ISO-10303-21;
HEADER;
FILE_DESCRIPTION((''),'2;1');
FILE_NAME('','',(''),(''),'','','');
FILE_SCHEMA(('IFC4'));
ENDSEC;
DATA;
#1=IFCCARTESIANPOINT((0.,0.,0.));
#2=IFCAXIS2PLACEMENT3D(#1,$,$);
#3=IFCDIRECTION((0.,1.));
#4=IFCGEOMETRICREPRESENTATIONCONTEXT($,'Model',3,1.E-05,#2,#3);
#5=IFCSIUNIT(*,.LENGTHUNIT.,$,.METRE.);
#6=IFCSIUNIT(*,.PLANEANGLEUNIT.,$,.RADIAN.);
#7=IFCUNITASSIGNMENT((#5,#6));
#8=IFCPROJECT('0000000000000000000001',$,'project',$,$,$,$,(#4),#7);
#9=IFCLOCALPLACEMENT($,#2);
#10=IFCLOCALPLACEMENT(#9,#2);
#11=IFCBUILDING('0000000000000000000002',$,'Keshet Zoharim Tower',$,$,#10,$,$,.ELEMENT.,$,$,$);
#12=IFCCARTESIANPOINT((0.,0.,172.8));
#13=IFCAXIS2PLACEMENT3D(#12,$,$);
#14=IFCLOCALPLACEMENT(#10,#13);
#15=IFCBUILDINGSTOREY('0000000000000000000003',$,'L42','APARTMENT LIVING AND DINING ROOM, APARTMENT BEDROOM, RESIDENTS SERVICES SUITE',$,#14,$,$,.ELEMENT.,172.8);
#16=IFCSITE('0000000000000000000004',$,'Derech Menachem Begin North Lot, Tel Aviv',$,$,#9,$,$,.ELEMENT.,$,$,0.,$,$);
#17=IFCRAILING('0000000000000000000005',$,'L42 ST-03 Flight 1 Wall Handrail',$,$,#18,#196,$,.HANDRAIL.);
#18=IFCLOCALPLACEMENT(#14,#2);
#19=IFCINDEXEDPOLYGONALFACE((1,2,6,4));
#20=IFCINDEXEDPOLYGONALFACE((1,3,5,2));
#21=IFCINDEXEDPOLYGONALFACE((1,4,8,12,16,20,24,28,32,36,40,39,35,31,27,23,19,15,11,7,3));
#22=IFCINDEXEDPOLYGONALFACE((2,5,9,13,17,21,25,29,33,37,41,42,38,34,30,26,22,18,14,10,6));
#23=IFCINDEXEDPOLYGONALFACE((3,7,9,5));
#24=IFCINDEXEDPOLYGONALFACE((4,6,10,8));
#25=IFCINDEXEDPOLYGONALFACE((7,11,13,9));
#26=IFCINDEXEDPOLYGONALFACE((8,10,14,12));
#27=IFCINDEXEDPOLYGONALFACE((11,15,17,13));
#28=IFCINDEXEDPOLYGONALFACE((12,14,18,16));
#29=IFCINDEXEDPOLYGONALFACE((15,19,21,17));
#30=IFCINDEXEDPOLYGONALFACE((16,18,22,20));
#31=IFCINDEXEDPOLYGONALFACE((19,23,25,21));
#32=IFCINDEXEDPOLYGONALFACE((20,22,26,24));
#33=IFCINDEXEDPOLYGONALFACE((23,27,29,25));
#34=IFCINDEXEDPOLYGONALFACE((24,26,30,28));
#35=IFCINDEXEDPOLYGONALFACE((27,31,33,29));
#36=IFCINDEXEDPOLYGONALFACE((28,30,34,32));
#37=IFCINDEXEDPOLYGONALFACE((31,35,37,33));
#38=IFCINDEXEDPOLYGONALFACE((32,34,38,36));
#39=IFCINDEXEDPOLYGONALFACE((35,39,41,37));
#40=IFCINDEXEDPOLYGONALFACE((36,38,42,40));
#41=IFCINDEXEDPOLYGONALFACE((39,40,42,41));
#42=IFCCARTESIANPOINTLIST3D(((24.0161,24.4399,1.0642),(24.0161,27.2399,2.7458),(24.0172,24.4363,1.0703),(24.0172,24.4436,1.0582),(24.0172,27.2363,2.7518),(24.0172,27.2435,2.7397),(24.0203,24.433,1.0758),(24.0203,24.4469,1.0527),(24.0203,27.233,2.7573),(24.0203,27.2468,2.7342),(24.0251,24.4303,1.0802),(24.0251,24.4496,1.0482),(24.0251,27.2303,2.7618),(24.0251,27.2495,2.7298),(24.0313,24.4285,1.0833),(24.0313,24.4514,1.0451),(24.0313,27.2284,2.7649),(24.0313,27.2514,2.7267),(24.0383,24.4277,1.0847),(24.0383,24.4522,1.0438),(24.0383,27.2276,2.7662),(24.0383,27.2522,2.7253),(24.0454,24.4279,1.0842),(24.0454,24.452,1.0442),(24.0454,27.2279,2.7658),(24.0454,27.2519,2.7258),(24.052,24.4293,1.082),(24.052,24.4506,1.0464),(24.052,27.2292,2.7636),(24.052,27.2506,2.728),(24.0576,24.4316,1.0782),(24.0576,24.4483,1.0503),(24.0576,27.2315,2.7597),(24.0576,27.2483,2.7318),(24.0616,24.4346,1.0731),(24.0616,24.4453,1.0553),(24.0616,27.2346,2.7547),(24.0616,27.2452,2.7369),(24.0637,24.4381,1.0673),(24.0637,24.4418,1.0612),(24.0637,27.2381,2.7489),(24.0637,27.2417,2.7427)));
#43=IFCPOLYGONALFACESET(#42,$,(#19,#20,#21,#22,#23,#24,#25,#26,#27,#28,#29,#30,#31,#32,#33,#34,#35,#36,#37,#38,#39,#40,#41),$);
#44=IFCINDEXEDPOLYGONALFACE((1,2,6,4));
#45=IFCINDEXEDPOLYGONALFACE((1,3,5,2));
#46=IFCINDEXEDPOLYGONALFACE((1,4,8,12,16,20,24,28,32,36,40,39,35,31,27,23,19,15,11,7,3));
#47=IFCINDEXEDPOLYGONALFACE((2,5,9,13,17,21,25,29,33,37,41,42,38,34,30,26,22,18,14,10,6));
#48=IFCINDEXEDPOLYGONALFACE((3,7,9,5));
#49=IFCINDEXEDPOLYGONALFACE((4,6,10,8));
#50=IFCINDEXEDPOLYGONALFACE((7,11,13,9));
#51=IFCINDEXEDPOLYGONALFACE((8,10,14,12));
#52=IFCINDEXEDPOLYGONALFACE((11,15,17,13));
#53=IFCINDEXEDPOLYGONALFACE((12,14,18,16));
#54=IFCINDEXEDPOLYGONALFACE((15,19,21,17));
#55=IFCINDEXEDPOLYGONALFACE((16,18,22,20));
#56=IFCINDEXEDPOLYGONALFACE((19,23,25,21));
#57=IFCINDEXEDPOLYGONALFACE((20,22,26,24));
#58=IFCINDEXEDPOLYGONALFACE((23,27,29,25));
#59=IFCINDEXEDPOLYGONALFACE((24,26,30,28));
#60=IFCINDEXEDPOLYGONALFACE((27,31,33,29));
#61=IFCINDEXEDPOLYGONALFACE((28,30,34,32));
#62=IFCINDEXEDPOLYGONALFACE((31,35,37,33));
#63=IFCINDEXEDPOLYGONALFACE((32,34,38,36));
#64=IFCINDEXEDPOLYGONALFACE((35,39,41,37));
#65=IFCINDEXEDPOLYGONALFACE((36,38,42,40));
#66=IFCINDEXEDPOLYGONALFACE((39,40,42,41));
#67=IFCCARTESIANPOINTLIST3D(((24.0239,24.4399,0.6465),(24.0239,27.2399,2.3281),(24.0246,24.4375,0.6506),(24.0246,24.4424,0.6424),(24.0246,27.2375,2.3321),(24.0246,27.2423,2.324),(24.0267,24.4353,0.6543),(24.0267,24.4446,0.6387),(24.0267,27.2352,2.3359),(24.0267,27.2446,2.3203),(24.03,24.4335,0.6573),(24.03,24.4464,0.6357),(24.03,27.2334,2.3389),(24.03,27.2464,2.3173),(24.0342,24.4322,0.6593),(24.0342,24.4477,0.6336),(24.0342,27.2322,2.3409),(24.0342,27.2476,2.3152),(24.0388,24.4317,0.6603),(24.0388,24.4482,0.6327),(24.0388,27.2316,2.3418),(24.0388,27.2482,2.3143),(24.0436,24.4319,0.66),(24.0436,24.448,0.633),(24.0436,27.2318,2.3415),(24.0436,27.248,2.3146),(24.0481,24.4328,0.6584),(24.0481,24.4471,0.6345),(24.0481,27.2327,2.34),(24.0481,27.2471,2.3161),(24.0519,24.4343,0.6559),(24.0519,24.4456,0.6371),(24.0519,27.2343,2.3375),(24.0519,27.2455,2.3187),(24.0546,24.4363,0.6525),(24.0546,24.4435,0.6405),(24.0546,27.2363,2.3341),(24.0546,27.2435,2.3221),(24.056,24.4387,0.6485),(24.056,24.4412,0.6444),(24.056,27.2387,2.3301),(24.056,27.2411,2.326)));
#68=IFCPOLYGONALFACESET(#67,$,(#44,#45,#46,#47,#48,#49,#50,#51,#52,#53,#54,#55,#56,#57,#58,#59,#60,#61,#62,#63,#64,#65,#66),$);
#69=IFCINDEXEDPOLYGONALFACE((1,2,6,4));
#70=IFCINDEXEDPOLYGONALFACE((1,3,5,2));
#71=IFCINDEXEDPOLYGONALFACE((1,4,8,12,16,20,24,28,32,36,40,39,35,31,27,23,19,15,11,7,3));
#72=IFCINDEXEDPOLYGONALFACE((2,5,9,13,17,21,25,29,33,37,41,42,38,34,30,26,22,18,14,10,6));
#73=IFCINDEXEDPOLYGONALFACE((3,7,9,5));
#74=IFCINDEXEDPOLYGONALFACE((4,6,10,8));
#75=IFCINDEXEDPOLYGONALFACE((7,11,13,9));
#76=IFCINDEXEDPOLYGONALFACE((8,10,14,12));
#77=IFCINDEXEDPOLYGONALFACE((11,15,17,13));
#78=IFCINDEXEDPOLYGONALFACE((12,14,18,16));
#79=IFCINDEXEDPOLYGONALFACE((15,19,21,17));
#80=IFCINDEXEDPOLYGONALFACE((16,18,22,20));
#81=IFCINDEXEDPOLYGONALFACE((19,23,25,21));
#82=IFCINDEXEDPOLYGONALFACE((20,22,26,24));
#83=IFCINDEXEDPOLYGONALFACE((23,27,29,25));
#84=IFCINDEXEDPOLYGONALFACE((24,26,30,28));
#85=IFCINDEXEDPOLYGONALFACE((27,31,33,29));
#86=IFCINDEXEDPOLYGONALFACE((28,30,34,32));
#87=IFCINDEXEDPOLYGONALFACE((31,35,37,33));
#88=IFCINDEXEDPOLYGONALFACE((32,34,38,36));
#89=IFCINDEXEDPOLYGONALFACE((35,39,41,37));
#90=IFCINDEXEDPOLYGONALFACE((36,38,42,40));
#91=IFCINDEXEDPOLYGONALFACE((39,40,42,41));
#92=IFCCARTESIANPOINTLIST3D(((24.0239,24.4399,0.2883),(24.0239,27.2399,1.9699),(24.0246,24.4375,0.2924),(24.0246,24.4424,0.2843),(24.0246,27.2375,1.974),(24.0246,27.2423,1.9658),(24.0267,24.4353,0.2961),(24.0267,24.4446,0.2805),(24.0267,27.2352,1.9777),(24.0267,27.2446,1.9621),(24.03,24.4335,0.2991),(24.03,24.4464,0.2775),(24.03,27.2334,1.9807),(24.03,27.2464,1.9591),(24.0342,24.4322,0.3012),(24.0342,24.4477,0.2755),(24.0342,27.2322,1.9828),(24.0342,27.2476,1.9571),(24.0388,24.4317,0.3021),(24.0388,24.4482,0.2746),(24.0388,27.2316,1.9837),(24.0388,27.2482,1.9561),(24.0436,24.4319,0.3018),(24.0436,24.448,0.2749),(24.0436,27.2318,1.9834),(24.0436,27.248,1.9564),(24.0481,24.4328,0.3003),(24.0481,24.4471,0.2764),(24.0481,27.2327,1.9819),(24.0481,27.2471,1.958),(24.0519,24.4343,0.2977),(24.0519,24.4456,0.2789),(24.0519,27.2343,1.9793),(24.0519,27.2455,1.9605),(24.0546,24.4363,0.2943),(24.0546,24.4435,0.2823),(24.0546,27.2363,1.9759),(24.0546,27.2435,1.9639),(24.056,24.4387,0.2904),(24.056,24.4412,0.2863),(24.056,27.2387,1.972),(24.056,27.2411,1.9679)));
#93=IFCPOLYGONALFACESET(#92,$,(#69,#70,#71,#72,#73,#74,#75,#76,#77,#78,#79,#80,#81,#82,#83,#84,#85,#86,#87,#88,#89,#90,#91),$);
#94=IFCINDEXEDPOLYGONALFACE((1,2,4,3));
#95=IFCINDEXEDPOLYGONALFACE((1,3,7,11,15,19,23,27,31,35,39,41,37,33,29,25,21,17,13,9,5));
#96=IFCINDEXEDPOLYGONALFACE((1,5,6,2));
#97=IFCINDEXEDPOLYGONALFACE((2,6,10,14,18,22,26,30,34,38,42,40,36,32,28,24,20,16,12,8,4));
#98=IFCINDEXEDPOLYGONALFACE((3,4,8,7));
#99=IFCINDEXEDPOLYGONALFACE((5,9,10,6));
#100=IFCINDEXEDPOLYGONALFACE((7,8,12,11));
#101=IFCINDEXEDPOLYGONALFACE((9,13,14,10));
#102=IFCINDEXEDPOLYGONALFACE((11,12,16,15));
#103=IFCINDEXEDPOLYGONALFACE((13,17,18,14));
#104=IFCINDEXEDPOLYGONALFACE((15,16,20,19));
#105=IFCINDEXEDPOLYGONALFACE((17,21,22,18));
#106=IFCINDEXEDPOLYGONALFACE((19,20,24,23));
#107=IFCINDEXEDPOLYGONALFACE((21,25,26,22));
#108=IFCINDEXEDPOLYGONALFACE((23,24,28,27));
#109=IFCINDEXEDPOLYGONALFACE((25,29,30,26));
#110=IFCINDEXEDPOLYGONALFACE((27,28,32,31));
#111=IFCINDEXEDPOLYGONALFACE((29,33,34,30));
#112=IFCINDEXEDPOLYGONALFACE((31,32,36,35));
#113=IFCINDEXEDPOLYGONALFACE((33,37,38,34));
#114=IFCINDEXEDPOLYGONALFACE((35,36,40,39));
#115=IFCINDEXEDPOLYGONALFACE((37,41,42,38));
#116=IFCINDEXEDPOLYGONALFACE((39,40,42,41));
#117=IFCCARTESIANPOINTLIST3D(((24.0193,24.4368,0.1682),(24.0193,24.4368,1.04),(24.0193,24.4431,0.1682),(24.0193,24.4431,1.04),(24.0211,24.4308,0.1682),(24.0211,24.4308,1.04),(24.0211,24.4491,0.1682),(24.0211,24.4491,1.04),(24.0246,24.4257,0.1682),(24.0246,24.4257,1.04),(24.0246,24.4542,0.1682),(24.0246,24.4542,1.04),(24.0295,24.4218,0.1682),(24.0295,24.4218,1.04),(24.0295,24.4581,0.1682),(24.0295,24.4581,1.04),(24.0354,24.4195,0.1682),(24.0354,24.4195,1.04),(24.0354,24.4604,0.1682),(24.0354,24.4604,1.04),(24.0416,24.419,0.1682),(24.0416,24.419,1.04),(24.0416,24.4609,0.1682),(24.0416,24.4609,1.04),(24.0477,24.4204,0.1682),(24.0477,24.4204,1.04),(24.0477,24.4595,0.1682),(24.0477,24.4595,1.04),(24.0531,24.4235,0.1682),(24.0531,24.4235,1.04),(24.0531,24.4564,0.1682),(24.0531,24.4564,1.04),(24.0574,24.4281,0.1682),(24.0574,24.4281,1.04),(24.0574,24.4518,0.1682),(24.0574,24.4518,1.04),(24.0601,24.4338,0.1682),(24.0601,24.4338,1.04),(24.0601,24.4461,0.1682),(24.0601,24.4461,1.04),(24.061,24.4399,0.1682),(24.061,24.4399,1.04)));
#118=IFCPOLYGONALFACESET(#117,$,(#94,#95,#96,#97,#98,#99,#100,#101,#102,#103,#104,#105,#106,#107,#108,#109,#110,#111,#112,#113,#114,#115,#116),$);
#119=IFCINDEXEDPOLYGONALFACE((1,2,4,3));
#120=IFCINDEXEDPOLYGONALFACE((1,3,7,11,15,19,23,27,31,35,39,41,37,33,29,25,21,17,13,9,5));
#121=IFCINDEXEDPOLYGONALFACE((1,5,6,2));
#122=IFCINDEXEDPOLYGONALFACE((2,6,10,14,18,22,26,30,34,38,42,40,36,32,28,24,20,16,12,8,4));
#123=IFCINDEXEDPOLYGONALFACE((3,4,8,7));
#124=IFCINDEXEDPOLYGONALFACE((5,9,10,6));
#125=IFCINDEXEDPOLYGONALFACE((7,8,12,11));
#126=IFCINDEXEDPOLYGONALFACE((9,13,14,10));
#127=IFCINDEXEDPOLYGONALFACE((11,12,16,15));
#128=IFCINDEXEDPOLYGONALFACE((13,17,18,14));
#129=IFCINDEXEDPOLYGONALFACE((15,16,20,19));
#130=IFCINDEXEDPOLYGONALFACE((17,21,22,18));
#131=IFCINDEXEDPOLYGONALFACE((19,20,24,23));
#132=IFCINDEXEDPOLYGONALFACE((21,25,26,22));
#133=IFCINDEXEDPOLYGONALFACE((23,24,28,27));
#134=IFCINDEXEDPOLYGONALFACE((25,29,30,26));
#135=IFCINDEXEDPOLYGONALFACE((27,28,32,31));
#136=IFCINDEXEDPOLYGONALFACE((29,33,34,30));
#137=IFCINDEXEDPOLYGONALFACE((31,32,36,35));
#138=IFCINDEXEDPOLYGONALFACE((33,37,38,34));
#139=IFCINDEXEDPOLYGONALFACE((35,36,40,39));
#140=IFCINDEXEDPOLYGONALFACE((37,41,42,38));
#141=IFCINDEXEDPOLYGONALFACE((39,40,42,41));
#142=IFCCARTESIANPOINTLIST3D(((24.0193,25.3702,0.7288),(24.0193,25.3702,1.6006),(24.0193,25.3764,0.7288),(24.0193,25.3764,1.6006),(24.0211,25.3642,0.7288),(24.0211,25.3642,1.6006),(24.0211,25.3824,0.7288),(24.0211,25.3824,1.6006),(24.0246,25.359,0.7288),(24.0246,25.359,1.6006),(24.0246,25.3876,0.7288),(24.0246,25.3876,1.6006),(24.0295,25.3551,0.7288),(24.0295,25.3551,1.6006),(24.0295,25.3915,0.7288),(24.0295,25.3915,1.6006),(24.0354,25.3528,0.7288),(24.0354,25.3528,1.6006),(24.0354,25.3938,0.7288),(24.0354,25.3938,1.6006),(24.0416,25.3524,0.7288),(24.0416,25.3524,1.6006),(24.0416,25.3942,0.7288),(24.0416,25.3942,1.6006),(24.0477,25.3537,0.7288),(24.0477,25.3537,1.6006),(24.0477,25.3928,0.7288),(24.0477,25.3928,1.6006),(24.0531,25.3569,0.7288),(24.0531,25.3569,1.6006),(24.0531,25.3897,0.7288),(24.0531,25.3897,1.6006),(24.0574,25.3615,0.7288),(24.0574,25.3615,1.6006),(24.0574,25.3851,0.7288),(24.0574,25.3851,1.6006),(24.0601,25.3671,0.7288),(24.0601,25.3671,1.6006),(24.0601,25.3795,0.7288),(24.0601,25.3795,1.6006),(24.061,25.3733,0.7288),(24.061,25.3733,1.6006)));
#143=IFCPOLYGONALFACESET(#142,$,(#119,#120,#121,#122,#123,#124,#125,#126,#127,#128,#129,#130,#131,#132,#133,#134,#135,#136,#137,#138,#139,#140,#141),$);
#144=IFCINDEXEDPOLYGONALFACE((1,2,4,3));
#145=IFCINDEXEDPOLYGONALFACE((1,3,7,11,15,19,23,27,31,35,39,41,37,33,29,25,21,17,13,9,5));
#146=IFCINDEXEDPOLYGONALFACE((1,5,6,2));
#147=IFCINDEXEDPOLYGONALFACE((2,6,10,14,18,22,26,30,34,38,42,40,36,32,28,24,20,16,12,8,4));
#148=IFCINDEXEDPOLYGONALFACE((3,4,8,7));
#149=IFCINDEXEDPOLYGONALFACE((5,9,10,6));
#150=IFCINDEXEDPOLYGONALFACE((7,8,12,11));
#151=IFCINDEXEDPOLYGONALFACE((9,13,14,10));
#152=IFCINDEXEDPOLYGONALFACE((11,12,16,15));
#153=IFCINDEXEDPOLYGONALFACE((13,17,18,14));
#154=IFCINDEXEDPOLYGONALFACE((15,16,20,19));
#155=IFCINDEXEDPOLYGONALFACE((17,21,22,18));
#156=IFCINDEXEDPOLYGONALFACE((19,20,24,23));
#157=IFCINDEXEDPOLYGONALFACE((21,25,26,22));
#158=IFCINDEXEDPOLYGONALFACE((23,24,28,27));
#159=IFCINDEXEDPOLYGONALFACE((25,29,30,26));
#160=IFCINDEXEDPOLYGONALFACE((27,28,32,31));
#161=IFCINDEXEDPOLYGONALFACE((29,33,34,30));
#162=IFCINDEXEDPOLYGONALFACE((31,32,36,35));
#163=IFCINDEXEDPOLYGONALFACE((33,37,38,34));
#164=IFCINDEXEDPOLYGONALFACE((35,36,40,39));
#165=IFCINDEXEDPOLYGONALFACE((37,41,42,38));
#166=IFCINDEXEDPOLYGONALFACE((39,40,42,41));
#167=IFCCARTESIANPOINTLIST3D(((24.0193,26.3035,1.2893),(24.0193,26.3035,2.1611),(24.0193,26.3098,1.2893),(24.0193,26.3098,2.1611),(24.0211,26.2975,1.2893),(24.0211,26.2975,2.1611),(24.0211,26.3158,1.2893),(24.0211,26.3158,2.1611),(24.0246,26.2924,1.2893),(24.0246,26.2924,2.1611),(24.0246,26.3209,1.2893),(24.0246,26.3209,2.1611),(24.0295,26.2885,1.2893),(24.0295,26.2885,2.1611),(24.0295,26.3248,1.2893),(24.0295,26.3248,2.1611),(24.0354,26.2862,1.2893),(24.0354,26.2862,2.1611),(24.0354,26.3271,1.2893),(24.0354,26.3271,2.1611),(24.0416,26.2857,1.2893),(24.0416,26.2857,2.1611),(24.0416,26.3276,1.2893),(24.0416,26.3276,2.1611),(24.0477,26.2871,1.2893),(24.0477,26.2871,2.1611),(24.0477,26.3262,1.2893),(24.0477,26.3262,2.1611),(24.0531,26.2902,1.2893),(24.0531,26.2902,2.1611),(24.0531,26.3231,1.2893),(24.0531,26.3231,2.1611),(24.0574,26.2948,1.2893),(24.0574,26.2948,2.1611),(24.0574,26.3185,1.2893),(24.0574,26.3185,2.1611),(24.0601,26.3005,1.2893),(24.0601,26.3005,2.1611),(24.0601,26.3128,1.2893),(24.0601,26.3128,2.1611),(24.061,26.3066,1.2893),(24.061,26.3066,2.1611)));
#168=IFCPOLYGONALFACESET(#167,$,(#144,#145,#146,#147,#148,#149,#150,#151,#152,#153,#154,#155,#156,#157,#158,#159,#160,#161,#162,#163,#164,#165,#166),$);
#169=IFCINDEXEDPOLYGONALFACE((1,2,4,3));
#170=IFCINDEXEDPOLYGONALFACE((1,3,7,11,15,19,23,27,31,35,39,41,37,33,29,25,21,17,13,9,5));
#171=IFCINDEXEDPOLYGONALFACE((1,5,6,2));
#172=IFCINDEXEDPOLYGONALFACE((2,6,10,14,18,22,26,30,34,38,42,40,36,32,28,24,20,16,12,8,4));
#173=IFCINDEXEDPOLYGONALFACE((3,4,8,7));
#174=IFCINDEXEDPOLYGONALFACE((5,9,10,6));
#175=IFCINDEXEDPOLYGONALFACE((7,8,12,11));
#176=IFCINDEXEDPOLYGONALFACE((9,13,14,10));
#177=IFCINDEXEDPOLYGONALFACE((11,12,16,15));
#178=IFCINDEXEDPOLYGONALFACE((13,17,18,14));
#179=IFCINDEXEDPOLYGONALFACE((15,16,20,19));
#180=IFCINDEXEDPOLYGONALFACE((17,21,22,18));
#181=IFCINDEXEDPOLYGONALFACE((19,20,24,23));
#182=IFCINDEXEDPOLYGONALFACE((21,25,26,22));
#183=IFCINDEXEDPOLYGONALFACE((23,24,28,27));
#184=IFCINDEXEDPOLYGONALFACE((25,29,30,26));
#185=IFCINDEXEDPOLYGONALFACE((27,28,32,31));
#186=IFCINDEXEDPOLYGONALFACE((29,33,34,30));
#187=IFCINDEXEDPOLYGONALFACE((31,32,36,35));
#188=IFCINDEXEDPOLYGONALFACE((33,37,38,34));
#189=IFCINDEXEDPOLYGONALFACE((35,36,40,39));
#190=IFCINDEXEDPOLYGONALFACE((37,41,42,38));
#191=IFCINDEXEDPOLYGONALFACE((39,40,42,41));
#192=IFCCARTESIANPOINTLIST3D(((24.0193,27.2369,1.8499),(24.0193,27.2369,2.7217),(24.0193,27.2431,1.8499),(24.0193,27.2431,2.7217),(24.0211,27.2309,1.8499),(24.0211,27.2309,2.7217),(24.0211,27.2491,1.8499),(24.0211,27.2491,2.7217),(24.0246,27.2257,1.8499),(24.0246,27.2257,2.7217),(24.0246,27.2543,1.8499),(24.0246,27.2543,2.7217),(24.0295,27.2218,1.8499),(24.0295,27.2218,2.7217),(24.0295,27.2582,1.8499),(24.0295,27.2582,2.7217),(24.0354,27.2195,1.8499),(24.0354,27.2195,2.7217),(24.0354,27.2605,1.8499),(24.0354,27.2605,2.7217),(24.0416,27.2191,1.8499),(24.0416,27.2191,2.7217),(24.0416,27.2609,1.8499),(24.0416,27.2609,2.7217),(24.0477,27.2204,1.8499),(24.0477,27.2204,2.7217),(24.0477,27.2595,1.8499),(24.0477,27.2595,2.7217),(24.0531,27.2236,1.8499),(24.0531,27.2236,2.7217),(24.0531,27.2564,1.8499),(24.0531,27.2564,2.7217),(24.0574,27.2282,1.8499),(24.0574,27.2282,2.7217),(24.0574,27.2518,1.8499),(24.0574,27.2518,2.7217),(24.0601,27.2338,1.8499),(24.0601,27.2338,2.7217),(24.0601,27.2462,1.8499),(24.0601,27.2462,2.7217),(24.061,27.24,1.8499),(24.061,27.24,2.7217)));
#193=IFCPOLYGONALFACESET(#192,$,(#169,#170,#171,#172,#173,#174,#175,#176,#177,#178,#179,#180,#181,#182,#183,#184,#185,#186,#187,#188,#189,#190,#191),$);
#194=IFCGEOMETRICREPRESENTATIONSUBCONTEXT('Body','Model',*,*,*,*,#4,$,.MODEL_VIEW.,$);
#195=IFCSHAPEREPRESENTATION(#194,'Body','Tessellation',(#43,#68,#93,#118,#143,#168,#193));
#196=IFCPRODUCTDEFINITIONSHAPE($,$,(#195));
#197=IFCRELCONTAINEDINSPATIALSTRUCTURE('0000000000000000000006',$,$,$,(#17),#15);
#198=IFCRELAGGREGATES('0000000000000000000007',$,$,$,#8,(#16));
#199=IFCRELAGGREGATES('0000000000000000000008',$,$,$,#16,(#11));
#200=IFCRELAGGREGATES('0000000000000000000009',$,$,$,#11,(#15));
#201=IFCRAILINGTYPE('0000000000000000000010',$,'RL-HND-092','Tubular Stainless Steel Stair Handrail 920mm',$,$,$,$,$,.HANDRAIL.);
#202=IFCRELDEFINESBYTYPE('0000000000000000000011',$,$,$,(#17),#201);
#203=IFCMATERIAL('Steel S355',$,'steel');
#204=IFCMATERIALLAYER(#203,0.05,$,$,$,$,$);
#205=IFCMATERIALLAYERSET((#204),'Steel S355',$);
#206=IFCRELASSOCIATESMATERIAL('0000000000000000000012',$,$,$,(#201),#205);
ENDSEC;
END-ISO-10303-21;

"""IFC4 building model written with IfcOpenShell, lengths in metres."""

from ifc_helpers import new_model, si_unit, direction, frame, origin, origin_2d, place, context, subcontext, project, spatial, circle, extrude, material, layer, layer_set, type_object, element, save


model = new_model("IFC4")

# Units and contexts
model_context = context("Model", 3, precision=1e-05, world=origin(), true_north=direction((0.0, 1.0)))
body_context = subcontext(model_context, "Body", "Model", "MODEL_VIEW")
ifc_project = project(units=[si_unit("LENGTHUNIT", "METRE"), si_unit("PLANEANGLEUNIT", "RADIAN")], contexts=[model_context])

# Site, building, storey
site_placement = place(None, origin())
site = spatial("IfcSite", under=ifc_project, at=site_placement, Name="Derech Menachem Begin North Lot, Tel Aviv", CompositionType="ELEMENT", RefElevation=0.0)
building_placement = place(site_placement, origin())
building = spatial("IfcBuilding", under=site, at=building_placement, Name="Keshet Zoharim Tower", CompositionType="ELEMENT")
storey_placement = place(building_placement, frame((0.0, 0.0, 172.8)))
storey = spatial("IfcBuildingStorey", under=building, at=storey_placement, Name="L42", Description="APARTMENT LIVING AND DINING ROOM, APARTMENT BEDROOM, RESIDENTS SERVICES SUITE", CompositionType="ELEMENT", Elevation=172.8)

# Railing
ifc_material_1 = material(Name="Steel S355", Category="steel")
ifc_layer_1 = layer(ifc_material_1, 0.05)
ifc_layer_set_1 = layer_set([ifc_layer_1], Name="Steel S355")
railing_type_1 = type_object("IfcRailingType", Name="RL-HND-092", Description="Tubular Stainless Steel Stair Handrail 920mm", PredefinedType="HANDRAIL", material=ifc_layer_set_1)
railing_1_placement = place(storey_placement, frame((24.04, 24.4399, 0.1682)))
element("IfcRailing", 1, at=railing_1_placement, inside=storey, type_object=railing_type_1, Name="L42 ST-03 Flight 1 Wall Handrail", PredefinedType="HANDRAIL", context=body_context, shape_type="SweptSolid", body=[
    extrude(circle(Radius=0.0239, at=origin_2d()), frame((0.0, 0.0, 0.896), z_axis=(0.0, 0.857275, 0.514858), x_axis=(-1.0, 0.0, 0.0)), (0.0, 0.0, 1.0), 3.2661),
    extrude(circle(Radius=0.0161, at=origin_2d()), frame((0.0, 0.0, 0.4783), z_axis=(0.0, 0.857275, 0.514858), x_axis=(-1.0, 0.0, 0.0)), (0.0, 0.0, 1.0), 3.2661),
    extrude(circle(Radius=0.0161, at=origin_2d()), frame((0.0, 0.0, 0.1201), z_axis=(0.0, 0.857275, 0.514858), x_axis=(-1.0, 0.0, 0.0)), (0.0, 0.0, 1.0), 3.2661),
    extrude(circle(Radius=0.021, at=origin_2d()), origin(), (0.0, 0.0, 1.0), 0.8718),
    extrude(circle(Radius=0.021, at=origin_2d()), frame((0.0, 0.9333, 0.5605)), (0.0, 0.0, 1.0), 0.8718),
    extrude(circle(Radius=0.021, at=origin_2d()), frame((0.0, 1.8667, 1.1211)), (0.0, 0.0, 1.0), 0.8718),
    extrude(circle(Radius=0.021, at=origin_2d()), frame((0.0, 2.8, 1.6816)), (0.0, 0.0, 1.0), 0.8718),
])

save(model, "model.ifc")
